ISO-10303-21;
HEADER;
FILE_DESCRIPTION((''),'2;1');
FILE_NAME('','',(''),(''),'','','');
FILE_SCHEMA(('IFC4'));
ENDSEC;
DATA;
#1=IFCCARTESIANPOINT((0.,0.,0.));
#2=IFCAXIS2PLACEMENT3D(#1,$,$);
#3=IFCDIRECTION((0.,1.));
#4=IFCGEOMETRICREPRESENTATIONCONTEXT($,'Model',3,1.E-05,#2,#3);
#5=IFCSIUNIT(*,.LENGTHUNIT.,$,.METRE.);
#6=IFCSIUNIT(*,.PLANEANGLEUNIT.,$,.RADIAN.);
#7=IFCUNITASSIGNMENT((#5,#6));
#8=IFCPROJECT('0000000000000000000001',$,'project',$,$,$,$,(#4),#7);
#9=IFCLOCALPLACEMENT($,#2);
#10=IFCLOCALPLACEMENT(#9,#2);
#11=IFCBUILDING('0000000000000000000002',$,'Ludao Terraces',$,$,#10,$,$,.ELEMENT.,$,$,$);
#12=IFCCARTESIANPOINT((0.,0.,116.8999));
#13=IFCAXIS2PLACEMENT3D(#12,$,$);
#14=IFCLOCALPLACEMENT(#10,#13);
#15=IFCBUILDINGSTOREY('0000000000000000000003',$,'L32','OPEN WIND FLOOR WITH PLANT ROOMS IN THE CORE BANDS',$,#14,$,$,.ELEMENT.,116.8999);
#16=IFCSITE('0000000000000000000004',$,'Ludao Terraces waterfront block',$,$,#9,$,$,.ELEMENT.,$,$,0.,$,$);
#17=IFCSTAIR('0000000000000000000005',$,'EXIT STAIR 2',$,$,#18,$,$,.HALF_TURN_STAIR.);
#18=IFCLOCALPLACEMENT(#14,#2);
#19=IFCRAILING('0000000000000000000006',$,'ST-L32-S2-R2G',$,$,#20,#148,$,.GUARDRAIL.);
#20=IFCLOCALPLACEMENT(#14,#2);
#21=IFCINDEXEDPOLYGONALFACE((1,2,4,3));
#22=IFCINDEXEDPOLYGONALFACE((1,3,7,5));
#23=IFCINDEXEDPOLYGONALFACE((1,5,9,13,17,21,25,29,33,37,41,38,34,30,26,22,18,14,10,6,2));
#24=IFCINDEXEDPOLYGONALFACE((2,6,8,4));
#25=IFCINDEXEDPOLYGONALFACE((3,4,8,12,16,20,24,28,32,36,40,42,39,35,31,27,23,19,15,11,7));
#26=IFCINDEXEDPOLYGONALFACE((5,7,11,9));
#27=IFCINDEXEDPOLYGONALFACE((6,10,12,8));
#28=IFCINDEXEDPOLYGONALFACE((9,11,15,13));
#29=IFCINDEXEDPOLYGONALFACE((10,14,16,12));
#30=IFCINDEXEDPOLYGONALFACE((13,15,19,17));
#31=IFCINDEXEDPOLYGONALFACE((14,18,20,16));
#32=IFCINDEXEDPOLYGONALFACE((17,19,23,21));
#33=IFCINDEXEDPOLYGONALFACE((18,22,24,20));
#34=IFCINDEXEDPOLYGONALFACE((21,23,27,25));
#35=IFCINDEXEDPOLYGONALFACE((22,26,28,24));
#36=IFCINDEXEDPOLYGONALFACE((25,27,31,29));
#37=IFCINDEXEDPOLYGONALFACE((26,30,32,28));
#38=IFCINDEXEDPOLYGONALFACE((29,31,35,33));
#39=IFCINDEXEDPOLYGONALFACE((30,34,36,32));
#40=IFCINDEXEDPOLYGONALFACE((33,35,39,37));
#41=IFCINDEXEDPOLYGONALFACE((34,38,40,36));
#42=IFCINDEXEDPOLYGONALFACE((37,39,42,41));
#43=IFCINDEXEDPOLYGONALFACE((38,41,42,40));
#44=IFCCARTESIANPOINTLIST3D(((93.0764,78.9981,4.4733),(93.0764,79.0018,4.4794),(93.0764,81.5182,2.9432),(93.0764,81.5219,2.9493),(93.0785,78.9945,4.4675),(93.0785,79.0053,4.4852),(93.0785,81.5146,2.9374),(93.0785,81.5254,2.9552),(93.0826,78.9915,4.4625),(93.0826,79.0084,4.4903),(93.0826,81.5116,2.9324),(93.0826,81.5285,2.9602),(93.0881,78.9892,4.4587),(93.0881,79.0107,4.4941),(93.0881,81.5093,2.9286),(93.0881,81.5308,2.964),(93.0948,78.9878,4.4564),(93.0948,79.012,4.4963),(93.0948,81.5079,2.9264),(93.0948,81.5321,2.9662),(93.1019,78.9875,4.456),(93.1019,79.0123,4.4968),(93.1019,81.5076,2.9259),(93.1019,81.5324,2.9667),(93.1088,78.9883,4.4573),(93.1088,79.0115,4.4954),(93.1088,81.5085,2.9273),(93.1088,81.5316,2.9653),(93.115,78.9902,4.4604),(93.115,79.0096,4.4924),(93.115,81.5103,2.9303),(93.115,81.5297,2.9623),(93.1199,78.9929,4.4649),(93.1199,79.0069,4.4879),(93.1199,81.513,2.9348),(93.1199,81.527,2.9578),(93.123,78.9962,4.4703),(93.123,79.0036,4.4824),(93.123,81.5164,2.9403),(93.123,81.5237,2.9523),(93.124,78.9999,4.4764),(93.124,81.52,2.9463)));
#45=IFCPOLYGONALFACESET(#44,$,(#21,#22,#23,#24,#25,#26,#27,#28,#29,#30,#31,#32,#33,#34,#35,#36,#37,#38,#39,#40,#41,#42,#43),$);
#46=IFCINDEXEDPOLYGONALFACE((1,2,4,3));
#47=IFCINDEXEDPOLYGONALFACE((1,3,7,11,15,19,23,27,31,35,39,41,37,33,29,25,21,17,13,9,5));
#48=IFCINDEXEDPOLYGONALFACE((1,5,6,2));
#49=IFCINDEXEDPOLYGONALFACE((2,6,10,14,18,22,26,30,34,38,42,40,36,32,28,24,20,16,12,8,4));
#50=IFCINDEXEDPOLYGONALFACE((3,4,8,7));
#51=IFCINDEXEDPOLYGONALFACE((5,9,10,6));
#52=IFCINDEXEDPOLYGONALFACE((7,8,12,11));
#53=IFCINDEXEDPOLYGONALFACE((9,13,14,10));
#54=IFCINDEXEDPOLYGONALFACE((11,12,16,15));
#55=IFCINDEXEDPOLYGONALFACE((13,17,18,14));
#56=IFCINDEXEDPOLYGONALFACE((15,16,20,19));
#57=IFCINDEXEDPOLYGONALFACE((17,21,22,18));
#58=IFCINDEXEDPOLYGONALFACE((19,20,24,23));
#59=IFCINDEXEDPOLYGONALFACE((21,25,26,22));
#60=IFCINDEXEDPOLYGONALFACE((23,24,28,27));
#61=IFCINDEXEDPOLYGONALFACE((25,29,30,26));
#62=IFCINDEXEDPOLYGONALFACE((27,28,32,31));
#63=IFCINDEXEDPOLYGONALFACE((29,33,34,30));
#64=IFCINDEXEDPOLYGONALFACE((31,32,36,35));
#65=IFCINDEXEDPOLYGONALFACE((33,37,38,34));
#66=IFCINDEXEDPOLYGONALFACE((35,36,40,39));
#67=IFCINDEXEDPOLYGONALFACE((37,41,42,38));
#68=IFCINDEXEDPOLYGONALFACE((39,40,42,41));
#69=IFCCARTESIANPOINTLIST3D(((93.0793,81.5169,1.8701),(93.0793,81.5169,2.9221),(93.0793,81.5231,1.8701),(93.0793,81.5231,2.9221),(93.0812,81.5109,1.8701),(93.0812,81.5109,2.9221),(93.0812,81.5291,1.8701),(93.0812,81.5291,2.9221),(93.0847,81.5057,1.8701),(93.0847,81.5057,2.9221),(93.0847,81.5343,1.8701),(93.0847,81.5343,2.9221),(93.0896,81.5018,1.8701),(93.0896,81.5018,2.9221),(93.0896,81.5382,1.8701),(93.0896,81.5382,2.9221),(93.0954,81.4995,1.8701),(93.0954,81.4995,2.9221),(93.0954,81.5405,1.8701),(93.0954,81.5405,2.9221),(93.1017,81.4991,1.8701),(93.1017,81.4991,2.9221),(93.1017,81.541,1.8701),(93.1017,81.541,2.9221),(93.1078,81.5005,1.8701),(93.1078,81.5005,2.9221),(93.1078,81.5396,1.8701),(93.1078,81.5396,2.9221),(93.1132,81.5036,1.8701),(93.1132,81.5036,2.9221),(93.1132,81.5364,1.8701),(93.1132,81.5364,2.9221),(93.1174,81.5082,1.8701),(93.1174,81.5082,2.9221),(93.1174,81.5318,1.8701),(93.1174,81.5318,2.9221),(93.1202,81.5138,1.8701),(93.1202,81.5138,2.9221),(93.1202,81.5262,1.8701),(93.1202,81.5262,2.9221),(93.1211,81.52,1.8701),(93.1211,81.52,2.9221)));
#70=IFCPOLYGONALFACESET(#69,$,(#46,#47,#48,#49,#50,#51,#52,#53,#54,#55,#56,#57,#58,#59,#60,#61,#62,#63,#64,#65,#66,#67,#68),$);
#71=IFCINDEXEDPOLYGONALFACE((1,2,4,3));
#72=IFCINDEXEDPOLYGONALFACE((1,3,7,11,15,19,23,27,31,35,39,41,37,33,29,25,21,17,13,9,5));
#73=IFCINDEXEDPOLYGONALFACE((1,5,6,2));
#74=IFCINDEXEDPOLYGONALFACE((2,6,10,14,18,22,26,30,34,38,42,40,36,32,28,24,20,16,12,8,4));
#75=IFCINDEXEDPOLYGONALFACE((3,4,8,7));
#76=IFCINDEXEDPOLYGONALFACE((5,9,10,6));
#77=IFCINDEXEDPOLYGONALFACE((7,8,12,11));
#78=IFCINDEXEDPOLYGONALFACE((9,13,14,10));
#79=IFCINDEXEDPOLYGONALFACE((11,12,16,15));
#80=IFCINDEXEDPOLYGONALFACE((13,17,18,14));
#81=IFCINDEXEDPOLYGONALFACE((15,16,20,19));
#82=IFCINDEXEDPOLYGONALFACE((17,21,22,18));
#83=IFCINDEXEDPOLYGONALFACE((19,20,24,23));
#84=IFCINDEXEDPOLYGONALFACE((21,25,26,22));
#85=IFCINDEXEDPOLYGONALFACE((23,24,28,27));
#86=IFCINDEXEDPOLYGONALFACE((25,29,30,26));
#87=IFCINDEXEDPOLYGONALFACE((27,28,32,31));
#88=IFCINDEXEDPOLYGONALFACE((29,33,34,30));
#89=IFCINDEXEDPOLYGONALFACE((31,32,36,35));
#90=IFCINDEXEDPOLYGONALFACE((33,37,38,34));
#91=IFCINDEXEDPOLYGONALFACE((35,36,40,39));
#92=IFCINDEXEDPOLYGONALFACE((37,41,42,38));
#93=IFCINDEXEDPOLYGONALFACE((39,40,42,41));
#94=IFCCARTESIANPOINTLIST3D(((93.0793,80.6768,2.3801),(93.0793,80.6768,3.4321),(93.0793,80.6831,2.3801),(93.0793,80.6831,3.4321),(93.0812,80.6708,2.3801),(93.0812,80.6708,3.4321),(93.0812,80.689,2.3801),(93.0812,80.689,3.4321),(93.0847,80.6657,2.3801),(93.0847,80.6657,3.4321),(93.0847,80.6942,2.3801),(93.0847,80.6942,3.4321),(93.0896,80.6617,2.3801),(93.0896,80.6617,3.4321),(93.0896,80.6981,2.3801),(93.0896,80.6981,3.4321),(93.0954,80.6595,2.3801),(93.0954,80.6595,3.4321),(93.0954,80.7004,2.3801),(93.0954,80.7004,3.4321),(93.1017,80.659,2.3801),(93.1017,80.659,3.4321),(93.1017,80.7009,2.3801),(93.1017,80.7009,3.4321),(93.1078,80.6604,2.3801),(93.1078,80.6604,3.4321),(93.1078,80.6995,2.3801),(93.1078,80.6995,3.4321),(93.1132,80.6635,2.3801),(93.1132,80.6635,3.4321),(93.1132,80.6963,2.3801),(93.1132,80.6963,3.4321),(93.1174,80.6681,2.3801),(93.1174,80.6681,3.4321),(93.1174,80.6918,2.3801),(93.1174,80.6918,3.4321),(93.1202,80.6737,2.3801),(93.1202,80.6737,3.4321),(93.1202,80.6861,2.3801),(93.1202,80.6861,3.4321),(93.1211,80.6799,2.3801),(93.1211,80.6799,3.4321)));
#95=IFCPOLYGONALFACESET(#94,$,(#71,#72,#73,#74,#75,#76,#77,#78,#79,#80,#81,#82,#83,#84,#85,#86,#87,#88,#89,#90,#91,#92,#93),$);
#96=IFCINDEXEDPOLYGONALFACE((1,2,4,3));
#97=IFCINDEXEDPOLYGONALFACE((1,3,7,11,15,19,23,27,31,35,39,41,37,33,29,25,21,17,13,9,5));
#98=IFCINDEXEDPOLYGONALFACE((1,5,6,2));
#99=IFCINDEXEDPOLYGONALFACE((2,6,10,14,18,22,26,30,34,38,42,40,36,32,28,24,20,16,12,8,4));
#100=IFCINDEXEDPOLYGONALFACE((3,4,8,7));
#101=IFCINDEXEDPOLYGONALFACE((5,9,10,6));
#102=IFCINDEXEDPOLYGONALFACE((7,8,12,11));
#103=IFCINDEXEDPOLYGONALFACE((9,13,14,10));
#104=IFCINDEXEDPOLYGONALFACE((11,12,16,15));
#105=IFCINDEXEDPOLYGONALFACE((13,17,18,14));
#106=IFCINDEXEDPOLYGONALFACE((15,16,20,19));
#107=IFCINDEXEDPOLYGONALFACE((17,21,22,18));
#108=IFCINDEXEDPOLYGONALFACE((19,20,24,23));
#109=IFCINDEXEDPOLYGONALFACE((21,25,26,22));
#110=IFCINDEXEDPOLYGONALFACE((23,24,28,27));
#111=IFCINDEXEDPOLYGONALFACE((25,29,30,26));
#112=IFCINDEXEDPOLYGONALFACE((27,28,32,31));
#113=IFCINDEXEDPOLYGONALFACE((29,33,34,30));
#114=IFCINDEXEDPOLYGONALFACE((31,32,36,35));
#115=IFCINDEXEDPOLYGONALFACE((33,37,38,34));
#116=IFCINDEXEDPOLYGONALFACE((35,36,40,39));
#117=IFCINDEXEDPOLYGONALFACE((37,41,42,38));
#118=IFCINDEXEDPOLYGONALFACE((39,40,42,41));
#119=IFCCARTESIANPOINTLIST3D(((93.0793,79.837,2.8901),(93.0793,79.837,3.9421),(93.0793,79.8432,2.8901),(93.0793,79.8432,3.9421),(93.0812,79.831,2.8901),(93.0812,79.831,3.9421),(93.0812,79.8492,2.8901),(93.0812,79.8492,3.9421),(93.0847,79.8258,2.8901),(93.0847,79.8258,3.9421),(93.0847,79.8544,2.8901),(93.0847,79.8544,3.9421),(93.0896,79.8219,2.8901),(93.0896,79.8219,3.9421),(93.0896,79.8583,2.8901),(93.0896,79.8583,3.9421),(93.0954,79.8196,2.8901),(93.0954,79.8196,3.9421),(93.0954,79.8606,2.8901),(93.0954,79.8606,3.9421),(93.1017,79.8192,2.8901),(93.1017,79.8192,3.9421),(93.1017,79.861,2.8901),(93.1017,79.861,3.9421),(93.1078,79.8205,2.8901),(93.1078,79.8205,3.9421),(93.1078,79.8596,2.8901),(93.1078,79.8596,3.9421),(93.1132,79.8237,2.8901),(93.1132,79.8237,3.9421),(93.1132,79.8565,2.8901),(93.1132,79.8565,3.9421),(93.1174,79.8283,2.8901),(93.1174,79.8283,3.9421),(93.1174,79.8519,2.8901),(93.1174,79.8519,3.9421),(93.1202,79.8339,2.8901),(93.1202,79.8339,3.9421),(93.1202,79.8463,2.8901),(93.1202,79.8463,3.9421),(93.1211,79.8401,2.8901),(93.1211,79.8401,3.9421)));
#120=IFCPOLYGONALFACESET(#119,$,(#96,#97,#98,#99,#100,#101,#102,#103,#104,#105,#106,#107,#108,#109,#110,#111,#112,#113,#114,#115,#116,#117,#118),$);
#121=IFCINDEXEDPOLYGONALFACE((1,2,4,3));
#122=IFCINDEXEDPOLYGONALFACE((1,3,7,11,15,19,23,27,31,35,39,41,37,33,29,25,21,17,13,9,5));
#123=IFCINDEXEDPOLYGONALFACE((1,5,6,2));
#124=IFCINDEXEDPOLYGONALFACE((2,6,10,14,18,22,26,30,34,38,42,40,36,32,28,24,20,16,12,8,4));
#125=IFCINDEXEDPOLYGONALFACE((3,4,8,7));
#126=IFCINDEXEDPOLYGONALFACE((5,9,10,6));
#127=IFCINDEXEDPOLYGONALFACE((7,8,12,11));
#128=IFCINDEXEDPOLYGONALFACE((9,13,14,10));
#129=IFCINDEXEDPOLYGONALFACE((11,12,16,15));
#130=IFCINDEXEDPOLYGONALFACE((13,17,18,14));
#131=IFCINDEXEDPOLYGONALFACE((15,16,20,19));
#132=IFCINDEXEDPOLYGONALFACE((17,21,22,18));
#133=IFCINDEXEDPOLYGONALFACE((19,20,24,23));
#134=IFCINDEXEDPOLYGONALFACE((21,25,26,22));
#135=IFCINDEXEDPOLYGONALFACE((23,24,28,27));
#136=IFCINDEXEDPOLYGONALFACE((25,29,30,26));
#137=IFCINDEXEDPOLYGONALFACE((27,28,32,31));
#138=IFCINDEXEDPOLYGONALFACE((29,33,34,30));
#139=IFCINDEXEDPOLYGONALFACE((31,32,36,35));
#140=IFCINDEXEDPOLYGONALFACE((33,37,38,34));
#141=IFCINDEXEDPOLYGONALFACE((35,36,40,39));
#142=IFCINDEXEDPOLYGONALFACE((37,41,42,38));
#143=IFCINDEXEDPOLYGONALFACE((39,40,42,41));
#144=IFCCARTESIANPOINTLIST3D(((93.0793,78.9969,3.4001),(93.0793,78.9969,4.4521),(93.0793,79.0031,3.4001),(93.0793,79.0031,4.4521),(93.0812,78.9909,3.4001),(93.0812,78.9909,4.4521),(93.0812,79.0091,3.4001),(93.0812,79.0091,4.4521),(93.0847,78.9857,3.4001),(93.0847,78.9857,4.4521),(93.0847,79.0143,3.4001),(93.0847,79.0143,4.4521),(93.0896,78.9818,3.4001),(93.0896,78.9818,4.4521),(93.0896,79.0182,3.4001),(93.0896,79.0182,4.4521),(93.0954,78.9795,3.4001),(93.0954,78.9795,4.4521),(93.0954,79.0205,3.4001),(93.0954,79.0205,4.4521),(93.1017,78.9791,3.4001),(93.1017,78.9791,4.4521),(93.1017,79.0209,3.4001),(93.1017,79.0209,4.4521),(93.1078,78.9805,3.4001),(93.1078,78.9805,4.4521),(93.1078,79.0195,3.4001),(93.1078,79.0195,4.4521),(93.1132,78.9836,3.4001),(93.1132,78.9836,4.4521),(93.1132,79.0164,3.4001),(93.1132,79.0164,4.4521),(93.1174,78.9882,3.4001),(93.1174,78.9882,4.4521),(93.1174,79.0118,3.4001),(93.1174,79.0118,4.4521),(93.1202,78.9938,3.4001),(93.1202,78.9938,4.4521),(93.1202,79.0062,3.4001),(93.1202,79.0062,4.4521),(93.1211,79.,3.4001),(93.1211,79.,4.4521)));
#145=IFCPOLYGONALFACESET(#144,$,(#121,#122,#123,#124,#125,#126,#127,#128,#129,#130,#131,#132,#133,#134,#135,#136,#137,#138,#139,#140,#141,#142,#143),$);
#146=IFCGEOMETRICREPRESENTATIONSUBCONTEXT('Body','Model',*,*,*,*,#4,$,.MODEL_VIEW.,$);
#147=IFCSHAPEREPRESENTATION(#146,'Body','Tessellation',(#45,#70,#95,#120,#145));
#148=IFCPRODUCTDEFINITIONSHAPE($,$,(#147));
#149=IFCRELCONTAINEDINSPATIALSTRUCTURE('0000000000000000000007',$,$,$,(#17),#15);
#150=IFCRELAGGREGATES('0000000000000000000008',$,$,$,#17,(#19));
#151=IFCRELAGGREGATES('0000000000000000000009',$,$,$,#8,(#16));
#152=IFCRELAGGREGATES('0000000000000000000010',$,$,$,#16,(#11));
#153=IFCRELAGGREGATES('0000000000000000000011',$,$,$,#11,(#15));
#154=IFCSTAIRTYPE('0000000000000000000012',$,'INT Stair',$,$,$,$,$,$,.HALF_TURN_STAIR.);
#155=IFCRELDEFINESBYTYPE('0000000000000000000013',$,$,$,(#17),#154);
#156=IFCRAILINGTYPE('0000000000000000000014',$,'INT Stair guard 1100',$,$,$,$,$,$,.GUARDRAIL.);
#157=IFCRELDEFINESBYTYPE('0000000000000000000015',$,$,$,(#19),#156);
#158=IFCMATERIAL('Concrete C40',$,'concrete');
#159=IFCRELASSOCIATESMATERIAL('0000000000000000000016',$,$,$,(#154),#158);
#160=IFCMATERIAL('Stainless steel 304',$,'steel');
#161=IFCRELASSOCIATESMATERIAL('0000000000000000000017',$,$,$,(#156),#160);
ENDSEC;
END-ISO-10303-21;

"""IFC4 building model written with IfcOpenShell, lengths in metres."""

from ifc_helpers import new_model, si_unit, direction, frame, origin, origin_2d, place, context, subcontext, project, spatial, circle, extrude, material, type_object, element, aggregate, save


model = new_model("IFC4")

# Units and contexts
model_context = context("Model", 3, precision=1e-05, world=origin(), true_north=direction((0.0, 1.0)))
body_context = subcontext(model_context, "Body", "Model", "MODEL_VIEW")
ifc_project = project(units=[si_unit("LENGTHUNIT", "METRE"), si_unit("PLANEANGLEUNIT", "RADIAN")], contexts=[model_context])

# Site, building, storey
site_placement = place(None, origin())
site = spatial("IfcSite", under=ifc_project, at=site_placement, Name="Ludao Terraces waterfront block", CompositionType="ELEMENT", RefElevation=0.0)
building_placement = place(site_placement, origin())
building = spatial("IfcBuilding", under=site, at=building_placement, Name="Ludao Terraces", CompositionType="ELEMENT")
storey_placement = place(building_placement, frame((0.0, 0.0, 116.8999)))
storey = spatial("IfcBuildingStorey", under=building, at=storey_placement, Name="L32", Description="OPEN WIND FLOOR WITH PLANT ROOMS IN THE CORE BANDS", CompositionType="ELEMENT", Elevation=116.8999)

# Stair, railing
ifc_material_1 = material(Name="Concrete C40", Category="concrete")
stair_type = type_object("IfcStairType", Name="INT Stair", PredefinedType="HALF_TURN_STAIR", material=ifc_material_1)
stair_placement = place(storey_placement, origin())
stair = element("IfcStair", 1, at=stair_placement, inside=storey, type_object=stair_type, Name="EXIT STAIR 2", PredefinedType="HALF_TURN_STAIR")
ifc_material_2 = material(Name="Stainless steel 304", Category="steel")
railing_type_1 = type_object("IfcRailingType", Name="INT Stair guard 1100", PredefinedType="GUARDRAIL", material=ifc_material_2)
railing_1_placement = place(storey_placement, frame((93.1001, 81.52, 1.8701)))
railing_1 = element("IfcRailing", 2, at=railing_1_placement, type_object=railing_type_1, Name="ST-L32-S2-R2G", PredefinedType="GUARDRAIL", context=body_context, shape_type="SweptSolid", body=[
    extrude(circle(Radius=0.0239, at=origin_2d()), frame((0.0, 0.0, 1.0762), z_axis=(0.0, -0.854785, 0.518982), x_axis=(1.0, 0.0, 0.0)), (0.0, 0.0, 1.0), 2.9482),
    extrude(circle(Radius=0.021, at=origin_2d()), origin(), (0.0, 0.0, 1.0), 1.052),
    extrude(circle(Radius=0.021, at=origin_2d()), frame((0.0, -0.8401, 0.51)), (0.0, 0.0, 1.0), 1.052),
    extrude(circle(Radius=0.021, at=origin_2d()), frame((0.0, -1.6799, 1.02)), (0.0, 0.0, 1.0), 1.052),
    extrude(circle(Radius=0.021, at=origin_2d()), frame((0.0, -2.52, 1.53)), (0.0, 0.0, 1.0), 1.052),
])
aggregate(stair, [railing_1])

save(model, "model.ifc")
